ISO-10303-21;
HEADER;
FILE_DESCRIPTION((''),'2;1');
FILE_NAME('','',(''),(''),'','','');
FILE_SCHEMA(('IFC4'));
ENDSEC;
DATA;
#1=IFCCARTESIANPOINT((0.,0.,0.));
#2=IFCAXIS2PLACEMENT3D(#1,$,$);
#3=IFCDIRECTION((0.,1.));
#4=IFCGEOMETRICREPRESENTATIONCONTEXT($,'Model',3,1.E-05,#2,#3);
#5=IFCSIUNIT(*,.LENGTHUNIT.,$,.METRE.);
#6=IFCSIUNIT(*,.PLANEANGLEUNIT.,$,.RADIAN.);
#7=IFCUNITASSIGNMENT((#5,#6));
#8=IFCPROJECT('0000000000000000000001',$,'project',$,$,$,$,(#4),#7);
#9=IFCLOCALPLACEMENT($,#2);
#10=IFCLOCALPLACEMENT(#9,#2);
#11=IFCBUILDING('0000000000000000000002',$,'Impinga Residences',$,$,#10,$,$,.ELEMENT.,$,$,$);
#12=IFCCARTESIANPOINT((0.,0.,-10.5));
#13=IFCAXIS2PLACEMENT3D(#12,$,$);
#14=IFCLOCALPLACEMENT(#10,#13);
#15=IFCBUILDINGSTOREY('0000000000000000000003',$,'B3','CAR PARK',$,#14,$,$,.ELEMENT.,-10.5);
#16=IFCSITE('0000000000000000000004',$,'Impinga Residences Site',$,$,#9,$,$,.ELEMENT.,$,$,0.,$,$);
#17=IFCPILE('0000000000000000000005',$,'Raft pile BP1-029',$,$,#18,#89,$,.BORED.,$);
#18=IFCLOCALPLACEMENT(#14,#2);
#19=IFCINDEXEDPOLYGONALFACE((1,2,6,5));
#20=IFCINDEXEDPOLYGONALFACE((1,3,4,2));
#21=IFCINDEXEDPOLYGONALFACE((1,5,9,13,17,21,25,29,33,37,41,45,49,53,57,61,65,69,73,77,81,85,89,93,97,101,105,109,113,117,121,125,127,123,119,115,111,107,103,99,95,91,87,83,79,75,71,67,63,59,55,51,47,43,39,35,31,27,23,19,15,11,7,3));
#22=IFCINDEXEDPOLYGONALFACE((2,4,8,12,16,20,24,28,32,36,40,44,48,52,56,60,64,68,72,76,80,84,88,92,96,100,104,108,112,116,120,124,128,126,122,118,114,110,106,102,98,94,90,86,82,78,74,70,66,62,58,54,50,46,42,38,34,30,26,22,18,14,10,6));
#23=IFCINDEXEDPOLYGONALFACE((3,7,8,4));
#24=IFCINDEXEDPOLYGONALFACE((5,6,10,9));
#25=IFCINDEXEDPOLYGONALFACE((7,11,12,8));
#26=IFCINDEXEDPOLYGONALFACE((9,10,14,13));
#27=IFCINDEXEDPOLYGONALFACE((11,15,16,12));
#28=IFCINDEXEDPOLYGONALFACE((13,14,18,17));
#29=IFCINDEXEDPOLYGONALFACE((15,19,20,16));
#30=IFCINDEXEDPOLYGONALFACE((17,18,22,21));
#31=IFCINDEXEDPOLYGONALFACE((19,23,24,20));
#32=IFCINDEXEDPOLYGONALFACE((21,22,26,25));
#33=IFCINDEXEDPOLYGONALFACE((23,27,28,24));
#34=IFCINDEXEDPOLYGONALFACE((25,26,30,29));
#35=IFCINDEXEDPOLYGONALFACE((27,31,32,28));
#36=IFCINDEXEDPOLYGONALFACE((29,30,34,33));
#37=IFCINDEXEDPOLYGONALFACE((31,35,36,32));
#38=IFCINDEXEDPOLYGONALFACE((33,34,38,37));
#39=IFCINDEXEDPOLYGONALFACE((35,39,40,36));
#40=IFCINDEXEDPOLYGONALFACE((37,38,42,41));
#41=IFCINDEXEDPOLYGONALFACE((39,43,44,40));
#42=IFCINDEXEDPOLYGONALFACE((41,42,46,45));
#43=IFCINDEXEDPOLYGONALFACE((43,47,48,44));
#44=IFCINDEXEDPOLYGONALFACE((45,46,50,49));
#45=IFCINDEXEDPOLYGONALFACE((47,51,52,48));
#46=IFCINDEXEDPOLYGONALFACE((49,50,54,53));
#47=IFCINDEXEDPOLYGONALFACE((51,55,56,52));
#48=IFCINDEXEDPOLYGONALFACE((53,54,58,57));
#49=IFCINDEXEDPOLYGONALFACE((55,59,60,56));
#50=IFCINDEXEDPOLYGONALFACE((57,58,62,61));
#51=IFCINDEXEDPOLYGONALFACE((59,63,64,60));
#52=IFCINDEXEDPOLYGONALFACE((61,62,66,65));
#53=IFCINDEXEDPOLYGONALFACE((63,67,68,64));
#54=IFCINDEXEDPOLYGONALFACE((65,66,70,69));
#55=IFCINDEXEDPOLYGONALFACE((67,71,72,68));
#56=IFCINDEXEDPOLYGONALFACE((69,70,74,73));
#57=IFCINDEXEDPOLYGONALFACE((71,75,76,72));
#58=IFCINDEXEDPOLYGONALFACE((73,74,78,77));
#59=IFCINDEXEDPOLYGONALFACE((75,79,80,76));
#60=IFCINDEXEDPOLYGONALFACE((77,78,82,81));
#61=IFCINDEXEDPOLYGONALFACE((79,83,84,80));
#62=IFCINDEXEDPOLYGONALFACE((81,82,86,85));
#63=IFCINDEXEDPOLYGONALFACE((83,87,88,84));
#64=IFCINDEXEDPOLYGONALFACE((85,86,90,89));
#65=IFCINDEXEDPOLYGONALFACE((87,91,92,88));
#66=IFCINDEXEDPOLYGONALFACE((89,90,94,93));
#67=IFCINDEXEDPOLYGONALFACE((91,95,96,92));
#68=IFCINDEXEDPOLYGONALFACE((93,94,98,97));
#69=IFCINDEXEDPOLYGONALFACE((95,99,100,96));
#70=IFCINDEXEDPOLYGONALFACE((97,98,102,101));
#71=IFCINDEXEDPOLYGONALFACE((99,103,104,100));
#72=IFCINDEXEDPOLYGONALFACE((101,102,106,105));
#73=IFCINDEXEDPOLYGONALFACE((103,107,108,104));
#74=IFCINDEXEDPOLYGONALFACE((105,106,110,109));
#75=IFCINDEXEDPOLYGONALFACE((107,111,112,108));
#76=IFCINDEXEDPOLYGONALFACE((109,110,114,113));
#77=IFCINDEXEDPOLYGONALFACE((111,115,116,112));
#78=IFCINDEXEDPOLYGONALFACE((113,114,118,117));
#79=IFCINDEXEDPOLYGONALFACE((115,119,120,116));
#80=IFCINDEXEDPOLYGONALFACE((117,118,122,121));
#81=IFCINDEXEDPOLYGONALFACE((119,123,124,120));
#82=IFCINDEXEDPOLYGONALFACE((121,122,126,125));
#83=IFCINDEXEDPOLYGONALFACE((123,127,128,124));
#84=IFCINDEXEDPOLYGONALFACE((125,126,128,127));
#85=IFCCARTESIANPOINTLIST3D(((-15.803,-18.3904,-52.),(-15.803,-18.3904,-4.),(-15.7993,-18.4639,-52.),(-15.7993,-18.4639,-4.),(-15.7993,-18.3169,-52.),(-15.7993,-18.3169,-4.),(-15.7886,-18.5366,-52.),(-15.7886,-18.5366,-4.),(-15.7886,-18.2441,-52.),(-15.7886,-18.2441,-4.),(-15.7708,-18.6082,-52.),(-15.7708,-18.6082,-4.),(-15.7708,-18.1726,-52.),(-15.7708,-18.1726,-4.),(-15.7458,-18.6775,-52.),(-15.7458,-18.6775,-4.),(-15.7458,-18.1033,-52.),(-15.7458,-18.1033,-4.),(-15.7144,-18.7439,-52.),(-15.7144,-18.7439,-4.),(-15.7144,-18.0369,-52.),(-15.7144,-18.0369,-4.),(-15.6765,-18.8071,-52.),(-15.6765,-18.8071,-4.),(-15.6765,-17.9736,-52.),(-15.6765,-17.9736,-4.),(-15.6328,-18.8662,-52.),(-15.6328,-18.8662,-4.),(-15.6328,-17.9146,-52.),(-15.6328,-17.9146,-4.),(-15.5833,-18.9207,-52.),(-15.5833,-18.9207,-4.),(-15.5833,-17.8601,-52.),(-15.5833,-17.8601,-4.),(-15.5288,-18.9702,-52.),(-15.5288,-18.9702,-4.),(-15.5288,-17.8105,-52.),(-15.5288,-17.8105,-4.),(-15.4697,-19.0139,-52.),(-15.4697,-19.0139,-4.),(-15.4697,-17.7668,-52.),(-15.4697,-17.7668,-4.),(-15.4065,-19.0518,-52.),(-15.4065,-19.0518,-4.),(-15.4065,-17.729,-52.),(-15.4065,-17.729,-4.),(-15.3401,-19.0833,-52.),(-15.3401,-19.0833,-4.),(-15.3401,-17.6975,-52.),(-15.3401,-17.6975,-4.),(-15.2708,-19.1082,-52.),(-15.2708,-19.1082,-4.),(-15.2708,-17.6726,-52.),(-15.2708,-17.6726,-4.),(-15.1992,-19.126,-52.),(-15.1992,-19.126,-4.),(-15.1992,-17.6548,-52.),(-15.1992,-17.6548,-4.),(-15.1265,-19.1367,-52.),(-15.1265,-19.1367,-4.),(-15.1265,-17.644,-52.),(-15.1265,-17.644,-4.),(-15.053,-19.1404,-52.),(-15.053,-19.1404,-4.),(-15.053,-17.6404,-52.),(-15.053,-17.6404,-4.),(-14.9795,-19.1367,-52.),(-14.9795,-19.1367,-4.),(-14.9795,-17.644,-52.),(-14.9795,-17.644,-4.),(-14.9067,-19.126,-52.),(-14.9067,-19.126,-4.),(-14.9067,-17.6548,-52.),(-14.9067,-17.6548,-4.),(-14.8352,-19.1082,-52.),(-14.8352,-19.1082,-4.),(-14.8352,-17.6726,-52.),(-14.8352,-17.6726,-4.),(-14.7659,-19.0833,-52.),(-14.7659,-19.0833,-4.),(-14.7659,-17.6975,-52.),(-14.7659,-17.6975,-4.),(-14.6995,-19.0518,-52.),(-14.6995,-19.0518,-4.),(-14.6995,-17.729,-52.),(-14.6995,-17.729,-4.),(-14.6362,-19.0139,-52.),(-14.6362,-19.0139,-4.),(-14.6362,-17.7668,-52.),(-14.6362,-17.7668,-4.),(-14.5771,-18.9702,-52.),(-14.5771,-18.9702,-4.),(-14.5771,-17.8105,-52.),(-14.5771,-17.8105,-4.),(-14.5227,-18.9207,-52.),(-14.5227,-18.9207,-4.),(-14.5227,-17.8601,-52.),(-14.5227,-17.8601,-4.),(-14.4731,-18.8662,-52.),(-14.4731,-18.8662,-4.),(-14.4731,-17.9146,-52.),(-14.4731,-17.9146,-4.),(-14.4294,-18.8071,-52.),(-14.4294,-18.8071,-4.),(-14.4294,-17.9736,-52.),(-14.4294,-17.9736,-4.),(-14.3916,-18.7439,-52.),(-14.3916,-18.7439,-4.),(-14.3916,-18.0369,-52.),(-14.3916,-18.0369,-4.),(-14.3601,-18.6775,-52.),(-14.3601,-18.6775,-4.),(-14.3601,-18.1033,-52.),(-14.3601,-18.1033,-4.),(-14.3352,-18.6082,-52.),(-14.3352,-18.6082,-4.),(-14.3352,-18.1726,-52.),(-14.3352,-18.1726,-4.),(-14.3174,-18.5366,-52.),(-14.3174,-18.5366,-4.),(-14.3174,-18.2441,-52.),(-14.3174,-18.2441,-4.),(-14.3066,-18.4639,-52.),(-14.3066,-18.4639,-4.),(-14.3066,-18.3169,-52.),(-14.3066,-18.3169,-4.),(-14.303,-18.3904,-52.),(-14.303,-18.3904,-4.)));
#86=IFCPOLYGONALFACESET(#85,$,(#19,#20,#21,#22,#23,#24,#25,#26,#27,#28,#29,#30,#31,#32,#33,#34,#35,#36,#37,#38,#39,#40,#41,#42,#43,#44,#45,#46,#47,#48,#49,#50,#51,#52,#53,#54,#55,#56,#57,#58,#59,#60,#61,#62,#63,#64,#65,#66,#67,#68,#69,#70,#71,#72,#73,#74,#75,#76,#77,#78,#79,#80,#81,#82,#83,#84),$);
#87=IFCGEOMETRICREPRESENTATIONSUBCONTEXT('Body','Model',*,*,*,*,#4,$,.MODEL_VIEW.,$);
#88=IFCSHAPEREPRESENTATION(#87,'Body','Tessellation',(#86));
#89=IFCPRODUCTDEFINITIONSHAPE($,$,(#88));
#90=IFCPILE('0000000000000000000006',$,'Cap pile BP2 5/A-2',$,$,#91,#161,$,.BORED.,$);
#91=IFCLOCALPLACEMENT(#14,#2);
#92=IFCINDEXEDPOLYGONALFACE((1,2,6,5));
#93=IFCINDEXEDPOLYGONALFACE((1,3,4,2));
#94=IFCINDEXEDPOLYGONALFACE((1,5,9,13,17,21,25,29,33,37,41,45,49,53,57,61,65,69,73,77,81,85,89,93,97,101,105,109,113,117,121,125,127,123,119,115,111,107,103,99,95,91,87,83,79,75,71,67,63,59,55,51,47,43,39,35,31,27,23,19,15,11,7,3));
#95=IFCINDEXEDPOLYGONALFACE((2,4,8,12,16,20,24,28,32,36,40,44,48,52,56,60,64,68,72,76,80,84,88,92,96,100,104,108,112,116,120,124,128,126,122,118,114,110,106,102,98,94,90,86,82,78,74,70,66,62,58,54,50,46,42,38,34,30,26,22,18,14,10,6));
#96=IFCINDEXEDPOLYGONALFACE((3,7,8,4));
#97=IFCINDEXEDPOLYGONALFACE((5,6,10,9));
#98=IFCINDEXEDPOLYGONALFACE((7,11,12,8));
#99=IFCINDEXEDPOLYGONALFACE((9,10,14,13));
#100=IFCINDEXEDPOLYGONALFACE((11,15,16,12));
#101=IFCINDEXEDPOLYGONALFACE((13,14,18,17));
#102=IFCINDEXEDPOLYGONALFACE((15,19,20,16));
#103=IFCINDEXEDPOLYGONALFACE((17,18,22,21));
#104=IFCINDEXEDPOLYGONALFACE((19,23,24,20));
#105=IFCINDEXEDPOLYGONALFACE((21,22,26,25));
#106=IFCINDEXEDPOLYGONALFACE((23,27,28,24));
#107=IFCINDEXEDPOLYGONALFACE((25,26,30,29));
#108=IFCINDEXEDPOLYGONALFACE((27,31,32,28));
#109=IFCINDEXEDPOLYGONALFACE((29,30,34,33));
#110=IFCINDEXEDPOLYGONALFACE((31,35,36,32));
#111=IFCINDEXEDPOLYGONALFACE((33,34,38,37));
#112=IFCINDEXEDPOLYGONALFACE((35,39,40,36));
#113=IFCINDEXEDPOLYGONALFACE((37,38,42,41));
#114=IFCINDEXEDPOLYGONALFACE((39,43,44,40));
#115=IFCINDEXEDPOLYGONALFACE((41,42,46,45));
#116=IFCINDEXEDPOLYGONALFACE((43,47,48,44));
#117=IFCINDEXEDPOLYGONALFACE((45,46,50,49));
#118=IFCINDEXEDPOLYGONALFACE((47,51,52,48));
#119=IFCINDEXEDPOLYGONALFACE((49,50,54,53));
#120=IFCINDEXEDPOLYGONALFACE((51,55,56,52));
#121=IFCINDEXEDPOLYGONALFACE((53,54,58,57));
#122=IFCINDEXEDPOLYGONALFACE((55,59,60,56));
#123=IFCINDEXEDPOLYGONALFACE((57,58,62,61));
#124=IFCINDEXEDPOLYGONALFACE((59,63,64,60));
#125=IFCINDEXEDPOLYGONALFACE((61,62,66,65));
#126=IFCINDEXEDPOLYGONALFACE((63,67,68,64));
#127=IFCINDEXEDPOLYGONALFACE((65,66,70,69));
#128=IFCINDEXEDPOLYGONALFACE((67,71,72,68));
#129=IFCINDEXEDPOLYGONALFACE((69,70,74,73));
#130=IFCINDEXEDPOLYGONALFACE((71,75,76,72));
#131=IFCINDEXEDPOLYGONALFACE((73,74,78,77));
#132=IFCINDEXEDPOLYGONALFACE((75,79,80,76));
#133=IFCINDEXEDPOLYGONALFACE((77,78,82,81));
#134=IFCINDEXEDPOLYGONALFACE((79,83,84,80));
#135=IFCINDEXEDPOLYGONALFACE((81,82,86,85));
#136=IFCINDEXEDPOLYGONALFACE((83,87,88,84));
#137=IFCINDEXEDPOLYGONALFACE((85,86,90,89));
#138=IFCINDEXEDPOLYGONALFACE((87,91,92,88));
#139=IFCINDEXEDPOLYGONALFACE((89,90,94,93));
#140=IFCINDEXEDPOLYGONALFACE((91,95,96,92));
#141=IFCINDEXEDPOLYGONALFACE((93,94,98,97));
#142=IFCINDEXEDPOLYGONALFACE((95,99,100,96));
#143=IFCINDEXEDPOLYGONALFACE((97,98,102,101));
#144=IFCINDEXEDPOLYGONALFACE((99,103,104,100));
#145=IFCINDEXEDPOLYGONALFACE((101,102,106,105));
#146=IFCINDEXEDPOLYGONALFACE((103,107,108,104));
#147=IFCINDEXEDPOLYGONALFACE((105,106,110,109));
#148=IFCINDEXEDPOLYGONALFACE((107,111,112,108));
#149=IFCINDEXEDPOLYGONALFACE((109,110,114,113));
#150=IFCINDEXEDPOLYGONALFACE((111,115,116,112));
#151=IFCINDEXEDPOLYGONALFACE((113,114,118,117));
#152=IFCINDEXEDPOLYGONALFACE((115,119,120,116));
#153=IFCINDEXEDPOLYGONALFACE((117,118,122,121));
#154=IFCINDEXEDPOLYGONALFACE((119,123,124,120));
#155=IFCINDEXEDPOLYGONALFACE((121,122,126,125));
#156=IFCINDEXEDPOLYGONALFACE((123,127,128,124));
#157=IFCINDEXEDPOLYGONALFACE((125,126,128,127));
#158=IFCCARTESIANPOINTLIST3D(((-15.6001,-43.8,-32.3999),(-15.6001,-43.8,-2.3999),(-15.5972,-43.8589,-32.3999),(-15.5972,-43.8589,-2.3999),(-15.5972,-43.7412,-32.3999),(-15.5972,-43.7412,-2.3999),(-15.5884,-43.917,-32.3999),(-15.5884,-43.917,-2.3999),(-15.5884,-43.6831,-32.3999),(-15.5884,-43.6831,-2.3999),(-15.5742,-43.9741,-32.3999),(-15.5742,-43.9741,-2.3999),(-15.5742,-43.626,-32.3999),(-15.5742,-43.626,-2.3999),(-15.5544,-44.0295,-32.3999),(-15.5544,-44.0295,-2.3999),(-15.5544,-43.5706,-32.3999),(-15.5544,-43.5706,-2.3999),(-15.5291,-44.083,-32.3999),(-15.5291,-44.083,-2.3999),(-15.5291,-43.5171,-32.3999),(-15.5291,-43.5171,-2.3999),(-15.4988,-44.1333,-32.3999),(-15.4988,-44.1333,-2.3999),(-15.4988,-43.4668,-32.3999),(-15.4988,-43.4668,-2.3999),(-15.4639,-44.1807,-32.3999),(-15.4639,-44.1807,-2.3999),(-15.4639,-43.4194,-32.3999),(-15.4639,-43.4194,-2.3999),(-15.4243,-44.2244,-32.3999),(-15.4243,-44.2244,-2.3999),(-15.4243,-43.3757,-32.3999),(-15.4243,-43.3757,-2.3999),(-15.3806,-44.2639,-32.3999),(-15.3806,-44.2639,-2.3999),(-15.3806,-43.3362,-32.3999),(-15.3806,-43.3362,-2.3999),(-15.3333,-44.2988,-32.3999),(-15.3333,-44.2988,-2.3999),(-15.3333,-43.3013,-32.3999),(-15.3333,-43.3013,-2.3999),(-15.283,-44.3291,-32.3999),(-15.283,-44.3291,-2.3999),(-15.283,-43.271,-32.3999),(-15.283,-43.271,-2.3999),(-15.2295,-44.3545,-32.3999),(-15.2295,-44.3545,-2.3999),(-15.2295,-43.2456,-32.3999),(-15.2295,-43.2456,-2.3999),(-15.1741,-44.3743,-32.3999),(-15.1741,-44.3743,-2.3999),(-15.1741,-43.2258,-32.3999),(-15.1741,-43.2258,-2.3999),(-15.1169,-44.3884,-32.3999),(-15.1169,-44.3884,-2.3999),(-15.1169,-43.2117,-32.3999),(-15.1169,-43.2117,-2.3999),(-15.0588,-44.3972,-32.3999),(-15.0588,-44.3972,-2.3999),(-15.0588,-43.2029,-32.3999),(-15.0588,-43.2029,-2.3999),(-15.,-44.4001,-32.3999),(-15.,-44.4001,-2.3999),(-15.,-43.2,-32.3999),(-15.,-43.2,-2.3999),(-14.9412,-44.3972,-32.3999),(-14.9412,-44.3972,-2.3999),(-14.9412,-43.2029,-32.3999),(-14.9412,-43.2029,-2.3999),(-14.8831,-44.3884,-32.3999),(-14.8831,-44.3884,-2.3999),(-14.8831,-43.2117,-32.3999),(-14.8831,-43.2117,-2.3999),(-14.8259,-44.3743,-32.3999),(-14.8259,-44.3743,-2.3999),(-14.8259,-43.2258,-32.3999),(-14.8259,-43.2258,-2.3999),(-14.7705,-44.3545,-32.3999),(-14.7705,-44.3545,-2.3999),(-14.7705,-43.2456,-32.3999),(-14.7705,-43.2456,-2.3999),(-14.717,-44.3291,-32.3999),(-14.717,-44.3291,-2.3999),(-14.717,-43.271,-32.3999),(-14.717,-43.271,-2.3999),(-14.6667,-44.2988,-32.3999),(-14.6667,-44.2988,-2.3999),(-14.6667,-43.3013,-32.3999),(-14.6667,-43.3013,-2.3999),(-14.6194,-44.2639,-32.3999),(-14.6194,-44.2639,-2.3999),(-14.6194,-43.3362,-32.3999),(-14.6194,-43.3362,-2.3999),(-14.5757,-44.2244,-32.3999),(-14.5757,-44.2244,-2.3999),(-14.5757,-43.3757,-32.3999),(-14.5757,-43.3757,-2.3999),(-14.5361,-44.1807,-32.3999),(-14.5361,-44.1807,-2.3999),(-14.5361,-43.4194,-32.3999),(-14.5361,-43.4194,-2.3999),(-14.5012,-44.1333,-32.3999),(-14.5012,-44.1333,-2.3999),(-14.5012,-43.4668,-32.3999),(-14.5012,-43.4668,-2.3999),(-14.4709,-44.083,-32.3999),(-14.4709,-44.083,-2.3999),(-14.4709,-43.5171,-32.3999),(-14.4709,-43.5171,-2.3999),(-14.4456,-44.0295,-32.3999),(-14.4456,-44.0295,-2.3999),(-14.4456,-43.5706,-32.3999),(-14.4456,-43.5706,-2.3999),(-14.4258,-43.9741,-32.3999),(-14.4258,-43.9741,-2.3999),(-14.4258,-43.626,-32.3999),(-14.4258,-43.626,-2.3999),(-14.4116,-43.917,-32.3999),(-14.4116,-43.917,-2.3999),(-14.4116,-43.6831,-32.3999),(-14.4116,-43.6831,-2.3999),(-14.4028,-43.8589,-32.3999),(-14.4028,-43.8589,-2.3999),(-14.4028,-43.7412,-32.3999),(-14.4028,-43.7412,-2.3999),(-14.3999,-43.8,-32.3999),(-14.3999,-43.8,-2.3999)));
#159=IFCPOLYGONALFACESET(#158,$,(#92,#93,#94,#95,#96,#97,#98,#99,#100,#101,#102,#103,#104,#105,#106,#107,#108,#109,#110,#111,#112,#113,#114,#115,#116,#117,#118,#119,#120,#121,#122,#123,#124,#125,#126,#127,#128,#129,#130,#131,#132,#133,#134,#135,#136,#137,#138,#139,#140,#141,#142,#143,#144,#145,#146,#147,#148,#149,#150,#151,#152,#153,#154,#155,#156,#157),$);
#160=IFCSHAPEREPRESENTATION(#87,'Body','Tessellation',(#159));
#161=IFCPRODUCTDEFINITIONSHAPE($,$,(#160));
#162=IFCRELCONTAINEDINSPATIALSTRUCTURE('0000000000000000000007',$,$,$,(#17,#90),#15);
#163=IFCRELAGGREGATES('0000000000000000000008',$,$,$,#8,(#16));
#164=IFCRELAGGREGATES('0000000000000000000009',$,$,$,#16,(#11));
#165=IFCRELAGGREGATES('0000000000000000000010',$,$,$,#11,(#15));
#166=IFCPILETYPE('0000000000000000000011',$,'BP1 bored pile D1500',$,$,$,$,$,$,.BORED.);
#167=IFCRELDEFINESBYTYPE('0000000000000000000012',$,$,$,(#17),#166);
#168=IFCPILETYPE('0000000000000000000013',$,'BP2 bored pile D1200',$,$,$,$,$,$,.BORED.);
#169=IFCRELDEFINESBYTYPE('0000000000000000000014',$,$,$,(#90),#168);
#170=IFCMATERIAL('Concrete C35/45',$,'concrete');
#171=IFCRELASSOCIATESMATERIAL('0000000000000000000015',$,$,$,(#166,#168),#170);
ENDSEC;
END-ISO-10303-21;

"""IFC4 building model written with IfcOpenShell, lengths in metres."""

from ifc_helpers import new_model, si_unit, direction, frame, origin, origin_2d, place, context, subcontext, project, spatial, polyline, circle, outline, extrude, material, material_profile, profile_set, type_object, element, save


model = new_model("IFC4")

# Units and contexts
model_context = context("Model", 3, precision=1e-05, world=origin(), true_north=direction((0.0, 1.0)))
body_context = subcontext(model_context, "Body", "Model", "MODEL_VIEW")
ifc_project = project(units=[si_unit("LENGTHUNIT", "METRE"), si_unit("PLANEANGLEUNIT", "RADIAN")], contexts=[model_context])

# Site, building, storey
site_placement = place(None, origin())
site = spatial("IfcSite", under=ifc_project, at=site_placement, Name="Impinga Residences Site", CompositionType="ELEMENT", RefElevation=0.0)
building_placement = place(site_placement, origin())
building = spatial("IfcBuilding", under=site, at=building_placement, Name="Impinga Residences", CompositionType="ELEMENT")
storey_placement = place(building_placement, frame((0.0, 0.0, -10.5)))
storey = spatial("IfcBuildingStorey", under=building, at=storey_placement, Name="B3", Description="CAR PARK", CompositionType="ELEMENT", Elevation=-10.5)

# Piles
ifc_material_1 = material(Name="Concrete C35/45", Category="concrete")
ifc_material_profile_1 = material_profile(ifc_material_1, circle(Radius=0.75, at=origin_2d()), Name="D1500")
ifc_profile_set_1 = profile_set([ifc_material_profile_1], Name="Concrete C35/45")
pile_type_1 = type_object("IfcPileType", Name="BP1 bored pile D1500", PredefinedType="BORED", material=ifc_profile_set_1)
pile_1_placement = place(storey_placement, frame((-15.053, -18.3904, -4.0), z_axis=(0.0, 0.0, -1.0), x_axis=(1.0, 0.0, 0.0)))
element("IfcPile", 1, at=pile_1_placement, inside=storey, type_object=pile_type_1, Name="Raft pile BP1-029", PredefinedType="BORED", context=body_context, shape_type="SweptSolid", body=[
    extrude(outline(polyline([(0.75, 0.0), (0.7463, 0.0735), (0.7356, 0.1462), (0.7178, 0.2178), (0.6929, 0.2871), (0.6614, 0.3535), (0.6235, 0.4167), (0.5798, 0.4758), (0.5303, 0.5303), (0.4758, 0.5798), (0.4167, 0.6235), (0.3535, 0.6614), (0.2871, 0.6929), (0.2178, 0.7178), (0.1462, 0.7356), (0.0735, 0.7463), (0.0, 0.75), (-0.0735, 0.7463), (-0.1462, 0.7356), (-0.2178, 0.7178), (-0.2871, 0.6929), (-0.3535, 0.6614), (-0.4167, 0.6235), (-0.4758, 0.5798), (-0.5303, 0.5303), (-0.5798, 0.4758), (-0.6235, 0.4167), (-0.6614, 0.3535), (-0.6929, 0.2871), (-0.7178, 0.2178), (-0.7356, 0.1462), (-0.7463, 0.0735), (-0.75, 0.0), (-0.7463, -0.0735), (-0.7356, -0.1462), (-0.7178, -0.2178), (-0.6929, -0.2871), (-0.6614, -0.3535), (-0.6235, -0.4167), (-0.5798, -0.4758), (-0.5303, -0.5303), (-0.4758, -0.5798), (-0.4167, -0.6235), (-0.3535, -0.6614), (-0.2871, -0.6929), (-0.2178, -0.7178), (-0.1462, -0.7356), (-0.0735, -0.7463), (0.0, -0.75), (0.0735, -0.7463), (0.1462, -0.7356), (0.2178, -0.7178), (0.2871, -0.6929), (0.3535, -0.6614), (0.4167, -0.6235), (0.4758, -0.5798), (0.5303, -0.5303), (0.5798, -0.4758), (0.6235, -0.4167), (0.6614, -0.3535), (0.6929, -0.2871), (0.7178, -0.2178), (0.7356, -0.1462), (0.7463, -0.0735), (0.75, 0.0)])), origin(), (0.0, 0.0, 1.0), 48.0),
])
ifc_material_profile_2 = material_profile(ifc_material_1, circle(Radius=0.6001, at=origin_2d()), Name="D1200")
ifc_profile_set_2 = profile_set([ifc_material_profile_2], Name="Concrete C35/45")
pile_type_2 = type_object("IfcPileType", Name="BP2 bored pile D1200", PredefinedType="BORED", material=ifc_profile_set_2)
pile_2_placement = place(storey_placement, frame((-15.0, -43.8, -2.3999), z_axis=(0.0, 0.0, -1.0), x_axis=(1.0, 0.0, 0.0)))
element("IfcPile", 2, at=pile_2_placement, inside=storey, type_object=pile_type_2, Name="Cap pile BP2 5/A-2", PredefinedType="BORED", context=body_context, shape_type="SweptSolid", body=[
    extrude(outline(polyline([(0.6001, 0.0), (0.5972, 0.0588), (0.5884, 0.1169), (0.5742, 0.1741), (0.5544, 0.2295), (0.5291, 0.283), (0.4988, 0.3333), (0.4639, 0.3806), (0.4243, 0.4243), (0.3806, 0.4639), (0.3333, 0.4988), (0.283, 0.5291), (0.2295, 0.5544), (0.1741, 0.5742), (0.1169, 0.5884), (0.0588, 0.5972), (0.0, 0.6001), (-0.0588, 0.5972), (-0.1169, 0.5884), (-0.1741, 0.5742), (-0.2295, 0.5544), (-0.283, 0.5291), (-0.3333, 0.4988), (-0.3806, 0.4639), (-0.4243, 0.4243), (-0.4639, 0.3806), (-0.4988, 0.3333), (-0.5291, 0.283), (-0.5544, 0.2295), (-0.5742, 0.1741), (-0.5884, 0.1169), (-0.5972, 0.0588), (-0.6001, 0.0), (-0.5972, -0.0588), (-0.5884, -0.1169), (-0.5742, -0.1741), (-0.5544, -0.2295), (-0.5291, -0.283), (-0.4988, -0.3333), (-0.4639, -0.3806), (-0.4243, -0.4243), (-0.3806, -0.4639), (-0.3333, -0.4988), (-0.283, -0.5291), (-0.2295, -0.5544), (-0.1741, -0.5742), (-0.1169, -0.5884), (-0.0588, -0.5972), (0.0, -0.6001), (0.0588, -0.5972), (0.1169, -0.5884), (0.1741, -0.5742), (0.2295, -0.5544), (0.283, -0.5291), (0.3333, -0.4988), (0.3806, -0.4639), (0.4243, -0.4243), (0.4639, -0.3806), (0.4988, -0.3333), (0.5291, -0.283), (0.5544, -0.2295), (0.5742, -0.1741), (0.5884, -0.1169), (0.5972, -0.0588), (0.6001, 0.0)])), origin(), (0.0, 0.0, 1.0), 30.0),
])

save(model, "model.ifc")
